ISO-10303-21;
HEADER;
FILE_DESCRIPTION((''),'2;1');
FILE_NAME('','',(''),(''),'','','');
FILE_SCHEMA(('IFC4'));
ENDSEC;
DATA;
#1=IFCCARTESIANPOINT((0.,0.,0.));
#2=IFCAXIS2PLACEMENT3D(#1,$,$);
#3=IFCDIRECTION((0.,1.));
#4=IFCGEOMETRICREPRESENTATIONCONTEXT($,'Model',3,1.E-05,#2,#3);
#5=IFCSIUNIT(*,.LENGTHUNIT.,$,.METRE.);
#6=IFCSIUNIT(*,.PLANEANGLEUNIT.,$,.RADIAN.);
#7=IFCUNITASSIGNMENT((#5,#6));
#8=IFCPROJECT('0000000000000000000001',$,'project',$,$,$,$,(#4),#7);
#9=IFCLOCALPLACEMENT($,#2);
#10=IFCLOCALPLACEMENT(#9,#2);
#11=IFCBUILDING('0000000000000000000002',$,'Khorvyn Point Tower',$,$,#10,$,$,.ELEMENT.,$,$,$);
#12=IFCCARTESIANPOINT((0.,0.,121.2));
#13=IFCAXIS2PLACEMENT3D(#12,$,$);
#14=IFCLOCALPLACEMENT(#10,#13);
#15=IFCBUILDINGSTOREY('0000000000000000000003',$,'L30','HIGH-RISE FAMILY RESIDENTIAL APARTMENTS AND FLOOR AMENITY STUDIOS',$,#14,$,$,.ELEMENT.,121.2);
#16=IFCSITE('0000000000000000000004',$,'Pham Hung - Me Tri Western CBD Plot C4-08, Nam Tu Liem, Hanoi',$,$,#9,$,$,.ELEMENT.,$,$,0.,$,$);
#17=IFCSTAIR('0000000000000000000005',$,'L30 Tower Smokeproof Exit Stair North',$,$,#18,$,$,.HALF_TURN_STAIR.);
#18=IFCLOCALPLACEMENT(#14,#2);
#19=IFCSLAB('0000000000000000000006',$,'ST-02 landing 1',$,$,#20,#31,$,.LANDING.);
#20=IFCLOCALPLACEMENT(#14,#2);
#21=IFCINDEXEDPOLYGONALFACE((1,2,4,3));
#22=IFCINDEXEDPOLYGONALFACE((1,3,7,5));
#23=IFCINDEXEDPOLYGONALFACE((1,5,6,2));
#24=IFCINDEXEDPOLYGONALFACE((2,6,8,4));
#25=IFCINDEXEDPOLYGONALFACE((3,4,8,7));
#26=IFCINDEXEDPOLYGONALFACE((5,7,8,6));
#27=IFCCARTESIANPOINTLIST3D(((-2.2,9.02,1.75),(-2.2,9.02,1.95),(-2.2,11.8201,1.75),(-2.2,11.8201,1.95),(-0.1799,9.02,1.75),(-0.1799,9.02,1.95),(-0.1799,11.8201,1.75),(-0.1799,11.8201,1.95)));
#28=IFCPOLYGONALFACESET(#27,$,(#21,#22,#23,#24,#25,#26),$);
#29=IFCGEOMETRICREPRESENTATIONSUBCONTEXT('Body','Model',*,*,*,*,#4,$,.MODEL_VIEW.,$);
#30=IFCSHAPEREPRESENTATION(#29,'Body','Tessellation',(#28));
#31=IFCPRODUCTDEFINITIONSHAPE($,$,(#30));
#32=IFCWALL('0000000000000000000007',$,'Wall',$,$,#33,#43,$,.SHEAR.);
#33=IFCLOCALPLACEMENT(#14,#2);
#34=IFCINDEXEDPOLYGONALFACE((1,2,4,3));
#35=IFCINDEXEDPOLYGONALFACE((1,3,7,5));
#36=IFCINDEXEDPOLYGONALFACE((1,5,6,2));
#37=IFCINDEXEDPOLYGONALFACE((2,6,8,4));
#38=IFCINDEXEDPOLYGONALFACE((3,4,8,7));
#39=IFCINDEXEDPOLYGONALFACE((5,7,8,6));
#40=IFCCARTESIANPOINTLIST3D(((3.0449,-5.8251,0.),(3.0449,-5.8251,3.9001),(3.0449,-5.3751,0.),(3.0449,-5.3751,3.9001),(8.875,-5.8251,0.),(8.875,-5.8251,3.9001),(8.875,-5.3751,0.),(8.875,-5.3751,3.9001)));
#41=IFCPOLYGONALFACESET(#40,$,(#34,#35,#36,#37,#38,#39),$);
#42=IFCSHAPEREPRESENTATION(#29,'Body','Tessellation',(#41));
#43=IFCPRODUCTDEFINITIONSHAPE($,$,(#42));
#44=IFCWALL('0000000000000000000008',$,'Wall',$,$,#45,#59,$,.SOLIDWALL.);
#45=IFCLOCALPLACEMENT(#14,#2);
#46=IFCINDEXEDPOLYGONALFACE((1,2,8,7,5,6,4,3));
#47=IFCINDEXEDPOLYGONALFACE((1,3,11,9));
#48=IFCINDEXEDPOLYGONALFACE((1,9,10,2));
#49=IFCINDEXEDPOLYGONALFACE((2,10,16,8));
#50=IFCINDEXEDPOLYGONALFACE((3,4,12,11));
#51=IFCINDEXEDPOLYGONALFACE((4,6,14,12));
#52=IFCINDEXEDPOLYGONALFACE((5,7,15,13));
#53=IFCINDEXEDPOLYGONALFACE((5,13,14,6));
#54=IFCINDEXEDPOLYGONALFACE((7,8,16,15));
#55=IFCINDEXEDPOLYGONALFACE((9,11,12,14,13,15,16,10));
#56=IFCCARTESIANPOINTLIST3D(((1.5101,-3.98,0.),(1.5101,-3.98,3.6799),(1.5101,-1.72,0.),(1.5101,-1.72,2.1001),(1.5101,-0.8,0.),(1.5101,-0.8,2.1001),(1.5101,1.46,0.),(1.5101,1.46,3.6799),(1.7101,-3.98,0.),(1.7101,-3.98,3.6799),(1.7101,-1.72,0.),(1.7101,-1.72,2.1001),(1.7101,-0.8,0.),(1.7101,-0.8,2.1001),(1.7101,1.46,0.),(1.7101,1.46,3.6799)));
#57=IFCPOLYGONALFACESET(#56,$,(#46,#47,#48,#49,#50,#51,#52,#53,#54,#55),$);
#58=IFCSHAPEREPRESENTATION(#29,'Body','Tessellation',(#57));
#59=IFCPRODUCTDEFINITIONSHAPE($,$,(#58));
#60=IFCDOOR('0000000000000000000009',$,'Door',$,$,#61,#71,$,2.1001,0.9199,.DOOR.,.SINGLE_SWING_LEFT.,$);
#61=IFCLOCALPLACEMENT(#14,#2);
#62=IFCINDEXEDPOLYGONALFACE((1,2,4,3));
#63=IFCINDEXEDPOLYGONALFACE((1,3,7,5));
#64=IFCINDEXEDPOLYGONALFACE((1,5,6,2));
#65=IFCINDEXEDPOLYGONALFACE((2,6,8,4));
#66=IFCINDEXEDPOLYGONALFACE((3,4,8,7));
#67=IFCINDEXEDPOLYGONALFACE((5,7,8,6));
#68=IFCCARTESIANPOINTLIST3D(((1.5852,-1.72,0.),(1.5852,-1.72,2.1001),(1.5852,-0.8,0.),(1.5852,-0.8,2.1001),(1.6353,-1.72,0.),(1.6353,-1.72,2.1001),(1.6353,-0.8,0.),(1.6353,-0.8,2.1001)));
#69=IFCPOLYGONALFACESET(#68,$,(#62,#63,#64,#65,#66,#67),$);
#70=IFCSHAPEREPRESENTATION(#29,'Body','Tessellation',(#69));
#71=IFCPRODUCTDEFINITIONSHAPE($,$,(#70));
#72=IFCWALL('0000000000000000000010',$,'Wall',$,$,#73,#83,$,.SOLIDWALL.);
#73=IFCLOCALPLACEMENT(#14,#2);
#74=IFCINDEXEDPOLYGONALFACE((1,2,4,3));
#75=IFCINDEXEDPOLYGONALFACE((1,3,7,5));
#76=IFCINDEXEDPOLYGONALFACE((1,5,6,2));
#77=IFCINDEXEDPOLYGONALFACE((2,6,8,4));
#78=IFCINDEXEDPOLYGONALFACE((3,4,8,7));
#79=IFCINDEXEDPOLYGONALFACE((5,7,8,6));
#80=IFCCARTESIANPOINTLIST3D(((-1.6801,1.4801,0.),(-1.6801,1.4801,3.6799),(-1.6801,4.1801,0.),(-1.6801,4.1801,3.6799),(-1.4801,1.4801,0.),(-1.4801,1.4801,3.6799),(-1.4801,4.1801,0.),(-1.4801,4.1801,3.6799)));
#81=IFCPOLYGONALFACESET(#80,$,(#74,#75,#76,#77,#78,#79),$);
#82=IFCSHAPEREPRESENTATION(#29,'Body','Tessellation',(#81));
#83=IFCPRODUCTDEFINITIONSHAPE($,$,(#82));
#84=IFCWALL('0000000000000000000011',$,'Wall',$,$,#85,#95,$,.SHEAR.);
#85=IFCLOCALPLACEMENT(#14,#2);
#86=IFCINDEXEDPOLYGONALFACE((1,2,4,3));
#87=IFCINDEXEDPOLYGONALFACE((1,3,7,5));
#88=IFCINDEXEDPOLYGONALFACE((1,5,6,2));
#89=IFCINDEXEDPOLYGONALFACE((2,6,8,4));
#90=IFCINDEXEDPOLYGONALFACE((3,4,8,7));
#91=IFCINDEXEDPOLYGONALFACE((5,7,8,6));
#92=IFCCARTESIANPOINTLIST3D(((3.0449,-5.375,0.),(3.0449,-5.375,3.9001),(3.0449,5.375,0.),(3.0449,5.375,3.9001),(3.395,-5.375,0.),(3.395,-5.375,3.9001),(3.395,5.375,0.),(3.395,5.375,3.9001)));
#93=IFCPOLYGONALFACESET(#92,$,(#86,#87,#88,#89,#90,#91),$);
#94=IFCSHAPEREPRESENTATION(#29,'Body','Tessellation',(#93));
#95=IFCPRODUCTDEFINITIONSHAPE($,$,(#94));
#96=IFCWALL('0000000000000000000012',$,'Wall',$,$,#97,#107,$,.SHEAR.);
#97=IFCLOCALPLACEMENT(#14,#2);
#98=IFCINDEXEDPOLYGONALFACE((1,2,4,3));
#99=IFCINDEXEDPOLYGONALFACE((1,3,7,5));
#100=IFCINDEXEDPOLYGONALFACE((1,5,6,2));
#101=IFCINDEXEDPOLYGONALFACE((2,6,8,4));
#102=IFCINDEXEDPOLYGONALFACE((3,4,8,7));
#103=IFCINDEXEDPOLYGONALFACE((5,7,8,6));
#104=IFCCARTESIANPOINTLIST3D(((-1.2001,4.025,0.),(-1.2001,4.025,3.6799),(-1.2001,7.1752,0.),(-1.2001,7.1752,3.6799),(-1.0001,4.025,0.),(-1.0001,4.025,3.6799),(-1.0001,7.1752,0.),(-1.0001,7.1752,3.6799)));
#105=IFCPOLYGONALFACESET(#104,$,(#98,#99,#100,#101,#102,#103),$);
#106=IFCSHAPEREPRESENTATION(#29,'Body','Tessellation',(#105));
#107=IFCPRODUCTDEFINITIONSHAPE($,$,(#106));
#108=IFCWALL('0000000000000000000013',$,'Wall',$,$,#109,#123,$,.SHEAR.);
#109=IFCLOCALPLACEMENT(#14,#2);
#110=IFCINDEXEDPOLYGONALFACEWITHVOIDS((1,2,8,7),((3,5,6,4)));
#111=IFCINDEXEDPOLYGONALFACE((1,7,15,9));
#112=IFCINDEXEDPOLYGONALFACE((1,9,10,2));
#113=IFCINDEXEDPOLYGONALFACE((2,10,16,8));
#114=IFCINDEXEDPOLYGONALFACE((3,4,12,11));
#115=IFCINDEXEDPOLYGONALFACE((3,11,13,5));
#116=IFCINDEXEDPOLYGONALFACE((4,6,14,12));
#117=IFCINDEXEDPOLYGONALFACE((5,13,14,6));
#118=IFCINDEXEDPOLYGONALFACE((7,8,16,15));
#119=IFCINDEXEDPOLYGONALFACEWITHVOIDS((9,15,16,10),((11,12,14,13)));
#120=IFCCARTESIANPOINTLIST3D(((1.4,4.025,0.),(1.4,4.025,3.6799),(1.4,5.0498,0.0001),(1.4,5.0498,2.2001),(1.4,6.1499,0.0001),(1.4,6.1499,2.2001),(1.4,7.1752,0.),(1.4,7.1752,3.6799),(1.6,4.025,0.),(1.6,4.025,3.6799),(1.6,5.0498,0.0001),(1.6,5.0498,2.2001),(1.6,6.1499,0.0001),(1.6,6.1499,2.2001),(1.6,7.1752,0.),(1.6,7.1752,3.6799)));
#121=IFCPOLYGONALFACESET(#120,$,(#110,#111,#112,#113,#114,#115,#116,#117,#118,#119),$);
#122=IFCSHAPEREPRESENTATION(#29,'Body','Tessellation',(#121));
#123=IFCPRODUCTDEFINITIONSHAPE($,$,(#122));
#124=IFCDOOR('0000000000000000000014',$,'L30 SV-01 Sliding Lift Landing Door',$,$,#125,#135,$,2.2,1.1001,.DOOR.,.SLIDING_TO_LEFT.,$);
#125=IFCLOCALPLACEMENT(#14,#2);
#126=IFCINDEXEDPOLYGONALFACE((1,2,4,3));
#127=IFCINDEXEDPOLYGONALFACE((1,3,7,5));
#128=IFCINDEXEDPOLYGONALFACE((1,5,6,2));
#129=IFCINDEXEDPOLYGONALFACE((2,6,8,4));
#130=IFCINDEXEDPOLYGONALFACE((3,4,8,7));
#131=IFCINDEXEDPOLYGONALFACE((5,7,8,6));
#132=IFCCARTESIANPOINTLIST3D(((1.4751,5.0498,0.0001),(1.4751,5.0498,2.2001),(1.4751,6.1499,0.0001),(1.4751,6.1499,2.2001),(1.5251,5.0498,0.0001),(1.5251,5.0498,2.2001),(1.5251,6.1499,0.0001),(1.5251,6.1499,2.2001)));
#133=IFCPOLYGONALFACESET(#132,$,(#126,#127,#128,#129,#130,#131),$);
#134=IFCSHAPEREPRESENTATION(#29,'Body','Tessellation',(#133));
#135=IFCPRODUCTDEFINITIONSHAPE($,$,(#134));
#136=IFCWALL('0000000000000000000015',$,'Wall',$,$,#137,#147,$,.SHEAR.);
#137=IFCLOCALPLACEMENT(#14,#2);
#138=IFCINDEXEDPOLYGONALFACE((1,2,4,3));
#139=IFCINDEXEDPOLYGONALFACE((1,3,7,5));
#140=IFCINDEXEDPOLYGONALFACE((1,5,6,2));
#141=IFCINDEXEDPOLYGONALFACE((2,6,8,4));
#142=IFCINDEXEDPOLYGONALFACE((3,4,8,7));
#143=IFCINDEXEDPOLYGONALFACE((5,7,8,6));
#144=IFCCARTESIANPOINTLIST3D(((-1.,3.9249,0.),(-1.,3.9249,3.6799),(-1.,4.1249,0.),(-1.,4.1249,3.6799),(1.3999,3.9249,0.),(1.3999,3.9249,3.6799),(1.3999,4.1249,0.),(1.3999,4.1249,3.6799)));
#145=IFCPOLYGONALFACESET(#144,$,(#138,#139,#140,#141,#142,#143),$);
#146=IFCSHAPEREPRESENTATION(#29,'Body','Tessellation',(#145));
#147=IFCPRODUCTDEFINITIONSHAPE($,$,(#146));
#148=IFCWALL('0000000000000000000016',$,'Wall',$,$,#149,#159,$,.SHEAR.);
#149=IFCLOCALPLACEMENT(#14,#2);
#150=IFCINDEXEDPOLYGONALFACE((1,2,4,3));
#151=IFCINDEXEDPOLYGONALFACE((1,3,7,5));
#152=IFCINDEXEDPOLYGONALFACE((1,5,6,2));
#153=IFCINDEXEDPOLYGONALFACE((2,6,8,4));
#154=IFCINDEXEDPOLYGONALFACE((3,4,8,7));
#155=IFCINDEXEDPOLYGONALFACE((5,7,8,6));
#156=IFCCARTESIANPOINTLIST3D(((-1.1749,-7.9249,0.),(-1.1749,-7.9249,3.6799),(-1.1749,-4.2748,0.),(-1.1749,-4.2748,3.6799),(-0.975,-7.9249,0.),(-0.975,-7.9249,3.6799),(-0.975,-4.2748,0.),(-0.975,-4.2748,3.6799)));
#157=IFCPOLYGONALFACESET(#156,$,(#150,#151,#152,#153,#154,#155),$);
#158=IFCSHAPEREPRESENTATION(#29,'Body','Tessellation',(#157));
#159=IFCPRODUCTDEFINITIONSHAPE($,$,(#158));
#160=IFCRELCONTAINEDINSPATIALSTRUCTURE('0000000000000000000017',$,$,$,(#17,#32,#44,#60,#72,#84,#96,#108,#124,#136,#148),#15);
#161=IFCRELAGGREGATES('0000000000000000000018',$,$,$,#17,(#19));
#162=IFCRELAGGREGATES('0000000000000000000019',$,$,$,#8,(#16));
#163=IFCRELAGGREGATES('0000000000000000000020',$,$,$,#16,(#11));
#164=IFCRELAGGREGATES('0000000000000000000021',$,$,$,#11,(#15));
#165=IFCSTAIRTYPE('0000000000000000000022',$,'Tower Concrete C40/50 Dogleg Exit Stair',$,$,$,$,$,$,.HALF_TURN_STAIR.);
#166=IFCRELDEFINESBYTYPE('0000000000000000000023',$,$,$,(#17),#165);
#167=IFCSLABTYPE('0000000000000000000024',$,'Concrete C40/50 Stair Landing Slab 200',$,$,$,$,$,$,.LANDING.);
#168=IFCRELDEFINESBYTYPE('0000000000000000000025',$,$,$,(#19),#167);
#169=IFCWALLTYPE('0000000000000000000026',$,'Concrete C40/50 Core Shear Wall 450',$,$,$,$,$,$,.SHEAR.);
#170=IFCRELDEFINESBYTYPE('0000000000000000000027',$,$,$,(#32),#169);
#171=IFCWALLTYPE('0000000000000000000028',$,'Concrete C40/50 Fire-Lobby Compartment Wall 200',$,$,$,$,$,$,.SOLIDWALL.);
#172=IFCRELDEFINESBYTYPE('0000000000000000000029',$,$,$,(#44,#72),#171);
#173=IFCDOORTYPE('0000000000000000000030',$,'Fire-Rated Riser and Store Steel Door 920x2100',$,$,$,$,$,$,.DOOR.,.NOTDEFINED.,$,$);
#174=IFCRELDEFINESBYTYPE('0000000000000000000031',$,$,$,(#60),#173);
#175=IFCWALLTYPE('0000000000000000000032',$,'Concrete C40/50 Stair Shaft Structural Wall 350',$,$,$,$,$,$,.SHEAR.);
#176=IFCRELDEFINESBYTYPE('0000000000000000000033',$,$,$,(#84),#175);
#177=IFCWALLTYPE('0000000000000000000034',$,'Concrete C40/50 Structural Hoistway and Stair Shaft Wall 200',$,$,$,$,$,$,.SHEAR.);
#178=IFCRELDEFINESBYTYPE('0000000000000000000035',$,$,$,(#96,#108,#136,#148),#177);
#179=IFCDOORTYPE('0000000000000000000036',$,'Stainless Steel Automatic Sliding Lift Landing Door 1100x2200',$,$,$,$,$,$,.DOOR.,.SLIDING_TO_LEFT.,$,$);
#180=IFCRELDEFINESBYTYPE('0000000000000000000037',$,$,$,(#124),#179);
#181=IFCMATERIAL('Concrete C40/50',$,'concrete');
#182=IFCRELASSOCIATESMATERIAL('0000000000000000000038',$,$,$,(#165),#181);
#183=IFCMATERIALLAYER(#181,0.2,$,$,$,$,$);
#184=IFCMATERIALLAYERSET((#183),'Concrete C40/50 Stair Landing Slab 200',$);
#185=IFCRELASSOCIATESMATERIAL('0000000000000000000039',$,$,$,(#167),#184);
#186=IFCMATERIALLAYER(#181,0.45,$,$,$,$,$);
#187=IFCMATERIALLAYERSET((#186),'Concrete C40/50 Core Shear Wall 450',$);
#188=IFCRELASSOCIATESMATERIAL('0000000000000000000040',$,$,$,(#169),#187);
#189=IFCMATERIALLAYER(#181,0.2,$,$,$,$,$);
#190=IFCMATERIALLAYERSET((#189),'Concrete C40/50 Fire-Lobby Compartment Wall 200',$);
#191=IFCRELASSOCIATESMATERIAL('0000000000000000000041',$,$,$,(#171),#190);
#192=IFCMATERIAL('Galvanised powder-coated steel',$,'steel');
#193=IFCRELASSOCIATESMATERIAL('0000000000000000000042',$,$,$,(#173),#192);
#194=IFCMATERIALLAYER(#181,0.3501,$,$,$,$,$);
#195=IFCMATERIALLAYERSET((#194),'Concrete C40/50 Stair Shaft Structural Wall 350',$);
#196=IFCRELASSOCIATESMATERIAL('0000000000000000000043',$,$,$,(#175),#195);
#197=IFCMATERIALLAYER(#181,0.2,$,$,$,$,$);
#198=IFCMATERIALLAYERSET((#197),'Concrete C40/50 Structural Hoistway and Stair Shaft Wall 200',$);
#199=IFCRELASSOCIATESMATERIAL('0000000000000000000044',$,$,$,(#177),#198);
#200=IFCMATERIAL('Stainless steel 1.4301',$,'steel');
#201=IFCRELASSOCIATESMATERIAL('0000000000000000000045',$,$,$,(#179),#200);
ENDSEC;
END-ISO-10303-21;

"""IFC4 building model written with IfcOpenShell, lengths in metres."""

from ifc_helpers import new_model, si_unit, direction, frame, frame_2d, origin, place, context, subcontext, project, spatial, polyline, rectangle, outline, extrude, material, layer, layer_set, type_object, element, fill, aggregate, save


model = new_model("IFC4")

# Units and contexts
model_context = context("Model", 3, precision=1e-05, world=origin(), true_north=direction((0.0, 1.0)))
body_context = subcontext(model_context, "Body", "Model", "MODEL_VIEW")
ifc_project = project(units=[si_unit("LENGTHUNIT", "METRE"), si_unit("PLANEANGLEUNIT", "RADIAN")], contexts=[model_context])

# Site, building, storey
site_placement = place(None, origin())
site = spatial("IfcSite", under=ifc_project, at=site_placement, Name="Pham Hung - Me Tri Western CBD Plot C4-08, Nam Tu Liem, Hanoi", CompositionType="ELEMENT", RefElevation=0.0)
building_placement = place(site_placement, origin())
building = spatial("IfcBuilding", under=site, at=building_placement, Name="Khorvyn Point Tower", CompositionType="ELEMENT")
storey_placement = place(building_placement, frame((0.0, 0.0, 121.2)))
storey = spatial("IfcBuildingStorey", under=building, at=storey_placement, Name="L30", Description="HIGH-RISE FAMILY RESIDENTIAL APARTMENTS AND FLOOR AMENITY STUDIOS", CompositionType="ELEMENT", Elevation=121.2)

# Shared definitions
ifc_material_1 = material(Name="Concrete C40/50", Category="concrete")

# Stair, slab
stair_type = type_object("IfcStairType", Name="Tower Concrete C40/50 Dogleg Exit Stair", PredefinedType="HALF_TURN_STAIR", material=ifc_material_1)
ifc_layer_1 = layer(ifc_material_1, 0.2)
ifc_layer_set_1 = layer_set([ifc_layer_1], Name="Concrete C40/50 Stair Landing Slab 200")
slab_type_1 = type_object("IfcSlabType", Name="Concrete C40/50 Stair Landing Slab 200", PredefinedType="LANDING", material=ifc_layer_set_1)
stair_1_placement = place(storey_placement, origin())
stair_1 = element("IfcStair", 1, at=stair_1_placement, inside=storey, type_object=stair_type, Name="L30 Tower Smokeproof Exit Stair North", PredefinedType="HALF_TURN_STAIR")
slab_1_placement = place(storey_placement, frame((0.0, 0.0, 1.75)))
slab_1 = element("IfcSlab", 2, at=slab_1_placement, type_object=slab_type_1, Name="ST-02 landing 1", PredefinedType="LANDING", context=body_context, shape_type="SweptSolid", body=[
    extrude(outline(polyline([(-0.1799, 11.8201), (-2.2, 11.8201), (-2.2, 9.02), (-0.1799, 9.02), (-0.1799, 11.8201)])), origin(), (0.0, 0.0, 1.0), 0.2),
])
aggregate(stair_1, [slab_1])

# Wall
ifc_layer_2 = layer(ifc_material_1, 0.45)
ifc_layer_set_2 = layer_set([ifc_layer_2], Name="Concrete C40/50 Core Shear Wall 450")
wall_type_1 = type_object("IfcWallType", Name="Concrete C40/50 Core Shear Wall 450", PredefinedType="SHEAR", material=ifc_layer_set_2)
wall_1_placement = place(storey_placement, frame((3.0449, -5.6001, 0.0), z_axis=(0.0, 0.0, 1.0), x_axis=(1.0, 0.0, 0.0)))
element("IfcWall", 3, at=wall_1_placement, inside=storey, type_object=wall_type_1, Name="Wall", PredefinedType="SHEAR", context=body_context, shape_type="SweptSolid", body=[
    extrude(rectangle(XDim=5.8301, YDim=0.45, at=frame_2d((2.915, 0.0))), origin(), (0.0, 0.0, 1.0), 3.9001),
])

# Wall, opening, door
ifc_layer_3 = layer(ifc_material_1, 0.2)
ifc_layer_set_3 = layer_set([ifc_layer_3], Name="Concrete C40/50 Fire-Lobby Compartment Wall 200")
wall_type_2 = type_object("IfcWallType", Name="Concrete C40/50 Fire-Lobby Compartment Wall 200", PredefinedType="SOLIDWALL", material=ifc_layer_set_3)
ifc_material_2 = material(Name="Galvanised powder-coated steel", Category="steel")
wall_2_placement = place(storey_placement, frame((1.6101, -3.98, 0.0), z_axis=(0.0, 0.0, 1.0), x_axis=(0.0, 1.0, 0.0)))
wall_2 = element("IfcWall", 4, at=wall_2_placement, inside=storey, type_object=wall_type_2, Name="Wall", PredefinedType="SOLIDWALL", context=body_context, shape_type="SweptSolid", body=[
    extrude(rectangle(XDim=5.4399, YDim=0.2, at=frame_2d((2.72, 0.0))), origin(), (0.0, 0.0, 1.0), 3.6799),
])
opening_1_placement = place(wall_2_placement, frame((2.26, 0.0, 0.0)))
opening_1 = element("IfcOpeningElement", 5, at=opening_1_placement, cuts=wall_2, PredefinedType="OPENING", context=body_context, shape_type="SweptSolid", body=[
    extrude(rectangle(XDim=0.9199, YDim=2.1001, at=frame_2d((0.46, 1.05))), frame((0.0, 0.1099, 0.0), z_axis=(0.0, -1.0, 0.0), x_axis=(1.0, 0.0, 0.0)), (0.0, 0.0, 1.0), 0.22),
])
door_type_1 = type_object("IfcDoorType", Name="Fire-Rated Riser and Store Steel Door 920x2100", OperationType="NOTDEFINED", PredefinedType="DOOR", material=ifc_material_2)
door_1_placement = place(opening_1_placement, origin())
door_1 = element("IfcDoor", 6, at=door_1_placement, inside=storey, type_object=door_type_1, Name="Door", OperationType="SINGLE_SWING_LEFT", OverallHeight=2.1001, OverallWidth=0.9199, PredefinedType="DOOR", context=body_context, shape_type="SweptSolid", body=[
    extrude(rectangle(XDim=0.9199, YDim=2.1001, at=frame_2d((0.46, 1.05))), frame((0.0, 0.0249, 0.0), z_axis=(0.0, -1.0, 0.0), x_axis=(1.0, 0.0, 0.0)), (0.0, 0.0, 1.0), 0.05),
])
fill(opening_1, door_1)

# Walls
wall_3_placement = place(storey_placement, frame((-1.5801, 1.48, 0.0), z_axis=(0.0, 0.0, 1.0), x_axis=(0.0, 1.0, 0.0)))
element("IfcWall", 7, at=wall_3_placement, inside=storey, type_object=wall_type_2, Name="Wall", PredefinedType="SOLIDWALL", context=body_context, shape_type="SweptSolid", body=[
    extrude(rectangle(XDim=2.7, YDim=0.2, at=frame_2d((1.3501, 0.0))), origin(), (0.0, 0.0, 1.0), 3.6799),
])
ifc_layer_4 = layer(ifc_material_1, 0.3501)
ifc_layer_set_4 = layer_set([ifc_layer_4], Name="Concrete C40/50 Stair Shaft Structural Wall 350")
wall_type_3 = type_object("IfcWallType", Name="Concrete C40/50 Stair Shaft Structural Wall 350", PredefinedType="SHEAR", material=ifc_layer_set_4)
wall_4_placement = place(storey_placement, frame((3.22, -5.375, 0.0), z_axis=(0.0, 0.0, 1.0), x_axis=(0.0, 1.0, 0.0)))
element("IfcWall", 8, at=wall_4_placement, inside=storey, type_object=wall_type_3, Name="Wall", PredefinedType="SHEAR", context=body_context, shape_type="SweptSolid", body=[
    extrude(rectangle(XDim=10.75, YDim=0.3501, at=frame_2d((5.375, 0.0))), origin(), (0.0, 0.0, 1.0), 3.9001),
])
ifc_layer_5 = layer(ifc_material_1, 0.2)
ifc_layer_set_5 = layer_set([ifc_layer_5], Name="Concrete C40/50 Structural Hoistway and Stair Shaft Wall 200")
wall_type_4 = type_object("IfcWallType", Name="Concrete C40/50 Structural Hoistway and Stair Shaft Wall 200", PredefinedType="SHEAR", material=ifc_layer_set_5)
wall_5_placement = place(storey_placement, frame((-1.1001, 4.0249, 0.0), z_axis=(0.0, 0.0, 1.0), x_axis=(0.0, 1.0, 0.0)))
element("IfcWall", 9, at=wall_5_placement, inside=storey, type_object=wall_type_4, Name="Wall", PredefinedType="SHEAR", context=body_context, shape_type="SweptSolid", body=[
    extrude(rectangle(XDim=3.1501, YDim=0.2, at=frame_2d((1.5752, 0.0))), origin(), (0.0, 0.0, 1.0), 3.6799),
])

# Wall, opening, door
wall_6_placement = place(storey_placement, frame((1.5, 4.0249, 0.0), z_axis=(0.0, 0.0, 1.0), x_axis=(0.0, 1.0, 0.0)))
wall_6 = element("IfcWall", 10, at=wall_6_placement, inside=storey, type_object=wall_type_4, Name="Wall", PredefinedType="SHEAR", context=body_context, shape_type="SweptSolid", body=[
    extrude(rectangle(XDim=3.1501, YDim=0.2, at=frame_2d((1.5752, 0.0))), origin(), (0.0, 0.0, 1.0), 3.6799),
])
opening_2_placement = place(wall_6_placement, frame((1.0249, 0.0, 0.0)))
opening_2 = element("IfcOpeningElement", 11, at=opening_2_placement, cuts=wall_6, PredefinedType="OPENING", context=body_context, shape_type="SweptSolid", body=[
    extrude(rectangle(XDim=1.1001, YDim=2.2, at=frame_2d((0.55, 1.1001))), frame((0.0, 0.1099, 0.0), z_axis=(0.0, -1.0, 0.0), x_axis=(1.0, 0.0, 0.0)), (0.0, 0.0, 1.0), 0.22),
])
ifc_material_3 = material(Name="Stainless steel 1.4301", Category="steel")
door_type_2 = type_object("IfcDoorType", Name="Stainless Steel Automatic Sliding Lift Landing Door 1100x2200", OperationType="SLIDING_TO_LEFT", PredefinedType="DOOR", material=ifc_material_3)
door_2_placement = place(opening_2_placement, origin())
door_2 = element("IfcDoor", 12, at=door_2_placement, inside=storey, type_object=door_type_2, Name="L30 SV-01 Sliding Lift Landing Door", OperationType="SLIDING_TO_LEFT", OverallHeight=2.2, OverallWidth=1.1001, PredefinedType="DOOR", context=body_context, shape_type="SweptSolid", body=[
    extrude(rectangle(XDim=1.1001, YDim=2.2, at=frame_2d((0.55, 1.1001))), frame((0.0, 0.0249, 0.0), z_axis=(0.0, -1.0, 0.0), x_axis=(1.0, 0.0, 0.0)), (0.0, 0.0, 1.0), 0.05),
])
fill(opening_2, door_2)

# Walls
wall_7_placement = place(storey_placement, frame((-1.0, 4.0249, 0.0), z_axis=(0.0, 0.0, 1.0), x_axis=(1.0, 0.0, 0.0)))
element("IfcWall", 13, at=wall_7_placement, inside=storey, type_object=wall_type_4, Name="Wall", PredefinedType="SHEAR", context=body_context, shape_type="SweptSolid", body=[
    extrude(rectangle(XDim=2.3999, YDim=0.2, at=frame_2d((1.2, 0.0))), origin(), (0.0, 0.0, 1.0), 3.6799),
])
wall_8_placement = place(storey_placement, frame((-1.075, -7.925, 0.0), z_axis=(0.0, 0.0, 1.0), x_axis=(0.0, 1.0, 0.0)))
element("IfcWall", 14, at=wall_8_placement, inside=storey, type_object=wall_type_4, Name="Wall", PredefinedType="SHEAR", context=body_context, shape_type="SweptSolid", body=[
    extrude(rectangle(XDim=3.6501, YDim=0.2, at=frame_2d((1.8252, 0.0))), origin(), (0.0, 0.0, 1.0), 3.6799),
])

save(model, "model.ifc")
